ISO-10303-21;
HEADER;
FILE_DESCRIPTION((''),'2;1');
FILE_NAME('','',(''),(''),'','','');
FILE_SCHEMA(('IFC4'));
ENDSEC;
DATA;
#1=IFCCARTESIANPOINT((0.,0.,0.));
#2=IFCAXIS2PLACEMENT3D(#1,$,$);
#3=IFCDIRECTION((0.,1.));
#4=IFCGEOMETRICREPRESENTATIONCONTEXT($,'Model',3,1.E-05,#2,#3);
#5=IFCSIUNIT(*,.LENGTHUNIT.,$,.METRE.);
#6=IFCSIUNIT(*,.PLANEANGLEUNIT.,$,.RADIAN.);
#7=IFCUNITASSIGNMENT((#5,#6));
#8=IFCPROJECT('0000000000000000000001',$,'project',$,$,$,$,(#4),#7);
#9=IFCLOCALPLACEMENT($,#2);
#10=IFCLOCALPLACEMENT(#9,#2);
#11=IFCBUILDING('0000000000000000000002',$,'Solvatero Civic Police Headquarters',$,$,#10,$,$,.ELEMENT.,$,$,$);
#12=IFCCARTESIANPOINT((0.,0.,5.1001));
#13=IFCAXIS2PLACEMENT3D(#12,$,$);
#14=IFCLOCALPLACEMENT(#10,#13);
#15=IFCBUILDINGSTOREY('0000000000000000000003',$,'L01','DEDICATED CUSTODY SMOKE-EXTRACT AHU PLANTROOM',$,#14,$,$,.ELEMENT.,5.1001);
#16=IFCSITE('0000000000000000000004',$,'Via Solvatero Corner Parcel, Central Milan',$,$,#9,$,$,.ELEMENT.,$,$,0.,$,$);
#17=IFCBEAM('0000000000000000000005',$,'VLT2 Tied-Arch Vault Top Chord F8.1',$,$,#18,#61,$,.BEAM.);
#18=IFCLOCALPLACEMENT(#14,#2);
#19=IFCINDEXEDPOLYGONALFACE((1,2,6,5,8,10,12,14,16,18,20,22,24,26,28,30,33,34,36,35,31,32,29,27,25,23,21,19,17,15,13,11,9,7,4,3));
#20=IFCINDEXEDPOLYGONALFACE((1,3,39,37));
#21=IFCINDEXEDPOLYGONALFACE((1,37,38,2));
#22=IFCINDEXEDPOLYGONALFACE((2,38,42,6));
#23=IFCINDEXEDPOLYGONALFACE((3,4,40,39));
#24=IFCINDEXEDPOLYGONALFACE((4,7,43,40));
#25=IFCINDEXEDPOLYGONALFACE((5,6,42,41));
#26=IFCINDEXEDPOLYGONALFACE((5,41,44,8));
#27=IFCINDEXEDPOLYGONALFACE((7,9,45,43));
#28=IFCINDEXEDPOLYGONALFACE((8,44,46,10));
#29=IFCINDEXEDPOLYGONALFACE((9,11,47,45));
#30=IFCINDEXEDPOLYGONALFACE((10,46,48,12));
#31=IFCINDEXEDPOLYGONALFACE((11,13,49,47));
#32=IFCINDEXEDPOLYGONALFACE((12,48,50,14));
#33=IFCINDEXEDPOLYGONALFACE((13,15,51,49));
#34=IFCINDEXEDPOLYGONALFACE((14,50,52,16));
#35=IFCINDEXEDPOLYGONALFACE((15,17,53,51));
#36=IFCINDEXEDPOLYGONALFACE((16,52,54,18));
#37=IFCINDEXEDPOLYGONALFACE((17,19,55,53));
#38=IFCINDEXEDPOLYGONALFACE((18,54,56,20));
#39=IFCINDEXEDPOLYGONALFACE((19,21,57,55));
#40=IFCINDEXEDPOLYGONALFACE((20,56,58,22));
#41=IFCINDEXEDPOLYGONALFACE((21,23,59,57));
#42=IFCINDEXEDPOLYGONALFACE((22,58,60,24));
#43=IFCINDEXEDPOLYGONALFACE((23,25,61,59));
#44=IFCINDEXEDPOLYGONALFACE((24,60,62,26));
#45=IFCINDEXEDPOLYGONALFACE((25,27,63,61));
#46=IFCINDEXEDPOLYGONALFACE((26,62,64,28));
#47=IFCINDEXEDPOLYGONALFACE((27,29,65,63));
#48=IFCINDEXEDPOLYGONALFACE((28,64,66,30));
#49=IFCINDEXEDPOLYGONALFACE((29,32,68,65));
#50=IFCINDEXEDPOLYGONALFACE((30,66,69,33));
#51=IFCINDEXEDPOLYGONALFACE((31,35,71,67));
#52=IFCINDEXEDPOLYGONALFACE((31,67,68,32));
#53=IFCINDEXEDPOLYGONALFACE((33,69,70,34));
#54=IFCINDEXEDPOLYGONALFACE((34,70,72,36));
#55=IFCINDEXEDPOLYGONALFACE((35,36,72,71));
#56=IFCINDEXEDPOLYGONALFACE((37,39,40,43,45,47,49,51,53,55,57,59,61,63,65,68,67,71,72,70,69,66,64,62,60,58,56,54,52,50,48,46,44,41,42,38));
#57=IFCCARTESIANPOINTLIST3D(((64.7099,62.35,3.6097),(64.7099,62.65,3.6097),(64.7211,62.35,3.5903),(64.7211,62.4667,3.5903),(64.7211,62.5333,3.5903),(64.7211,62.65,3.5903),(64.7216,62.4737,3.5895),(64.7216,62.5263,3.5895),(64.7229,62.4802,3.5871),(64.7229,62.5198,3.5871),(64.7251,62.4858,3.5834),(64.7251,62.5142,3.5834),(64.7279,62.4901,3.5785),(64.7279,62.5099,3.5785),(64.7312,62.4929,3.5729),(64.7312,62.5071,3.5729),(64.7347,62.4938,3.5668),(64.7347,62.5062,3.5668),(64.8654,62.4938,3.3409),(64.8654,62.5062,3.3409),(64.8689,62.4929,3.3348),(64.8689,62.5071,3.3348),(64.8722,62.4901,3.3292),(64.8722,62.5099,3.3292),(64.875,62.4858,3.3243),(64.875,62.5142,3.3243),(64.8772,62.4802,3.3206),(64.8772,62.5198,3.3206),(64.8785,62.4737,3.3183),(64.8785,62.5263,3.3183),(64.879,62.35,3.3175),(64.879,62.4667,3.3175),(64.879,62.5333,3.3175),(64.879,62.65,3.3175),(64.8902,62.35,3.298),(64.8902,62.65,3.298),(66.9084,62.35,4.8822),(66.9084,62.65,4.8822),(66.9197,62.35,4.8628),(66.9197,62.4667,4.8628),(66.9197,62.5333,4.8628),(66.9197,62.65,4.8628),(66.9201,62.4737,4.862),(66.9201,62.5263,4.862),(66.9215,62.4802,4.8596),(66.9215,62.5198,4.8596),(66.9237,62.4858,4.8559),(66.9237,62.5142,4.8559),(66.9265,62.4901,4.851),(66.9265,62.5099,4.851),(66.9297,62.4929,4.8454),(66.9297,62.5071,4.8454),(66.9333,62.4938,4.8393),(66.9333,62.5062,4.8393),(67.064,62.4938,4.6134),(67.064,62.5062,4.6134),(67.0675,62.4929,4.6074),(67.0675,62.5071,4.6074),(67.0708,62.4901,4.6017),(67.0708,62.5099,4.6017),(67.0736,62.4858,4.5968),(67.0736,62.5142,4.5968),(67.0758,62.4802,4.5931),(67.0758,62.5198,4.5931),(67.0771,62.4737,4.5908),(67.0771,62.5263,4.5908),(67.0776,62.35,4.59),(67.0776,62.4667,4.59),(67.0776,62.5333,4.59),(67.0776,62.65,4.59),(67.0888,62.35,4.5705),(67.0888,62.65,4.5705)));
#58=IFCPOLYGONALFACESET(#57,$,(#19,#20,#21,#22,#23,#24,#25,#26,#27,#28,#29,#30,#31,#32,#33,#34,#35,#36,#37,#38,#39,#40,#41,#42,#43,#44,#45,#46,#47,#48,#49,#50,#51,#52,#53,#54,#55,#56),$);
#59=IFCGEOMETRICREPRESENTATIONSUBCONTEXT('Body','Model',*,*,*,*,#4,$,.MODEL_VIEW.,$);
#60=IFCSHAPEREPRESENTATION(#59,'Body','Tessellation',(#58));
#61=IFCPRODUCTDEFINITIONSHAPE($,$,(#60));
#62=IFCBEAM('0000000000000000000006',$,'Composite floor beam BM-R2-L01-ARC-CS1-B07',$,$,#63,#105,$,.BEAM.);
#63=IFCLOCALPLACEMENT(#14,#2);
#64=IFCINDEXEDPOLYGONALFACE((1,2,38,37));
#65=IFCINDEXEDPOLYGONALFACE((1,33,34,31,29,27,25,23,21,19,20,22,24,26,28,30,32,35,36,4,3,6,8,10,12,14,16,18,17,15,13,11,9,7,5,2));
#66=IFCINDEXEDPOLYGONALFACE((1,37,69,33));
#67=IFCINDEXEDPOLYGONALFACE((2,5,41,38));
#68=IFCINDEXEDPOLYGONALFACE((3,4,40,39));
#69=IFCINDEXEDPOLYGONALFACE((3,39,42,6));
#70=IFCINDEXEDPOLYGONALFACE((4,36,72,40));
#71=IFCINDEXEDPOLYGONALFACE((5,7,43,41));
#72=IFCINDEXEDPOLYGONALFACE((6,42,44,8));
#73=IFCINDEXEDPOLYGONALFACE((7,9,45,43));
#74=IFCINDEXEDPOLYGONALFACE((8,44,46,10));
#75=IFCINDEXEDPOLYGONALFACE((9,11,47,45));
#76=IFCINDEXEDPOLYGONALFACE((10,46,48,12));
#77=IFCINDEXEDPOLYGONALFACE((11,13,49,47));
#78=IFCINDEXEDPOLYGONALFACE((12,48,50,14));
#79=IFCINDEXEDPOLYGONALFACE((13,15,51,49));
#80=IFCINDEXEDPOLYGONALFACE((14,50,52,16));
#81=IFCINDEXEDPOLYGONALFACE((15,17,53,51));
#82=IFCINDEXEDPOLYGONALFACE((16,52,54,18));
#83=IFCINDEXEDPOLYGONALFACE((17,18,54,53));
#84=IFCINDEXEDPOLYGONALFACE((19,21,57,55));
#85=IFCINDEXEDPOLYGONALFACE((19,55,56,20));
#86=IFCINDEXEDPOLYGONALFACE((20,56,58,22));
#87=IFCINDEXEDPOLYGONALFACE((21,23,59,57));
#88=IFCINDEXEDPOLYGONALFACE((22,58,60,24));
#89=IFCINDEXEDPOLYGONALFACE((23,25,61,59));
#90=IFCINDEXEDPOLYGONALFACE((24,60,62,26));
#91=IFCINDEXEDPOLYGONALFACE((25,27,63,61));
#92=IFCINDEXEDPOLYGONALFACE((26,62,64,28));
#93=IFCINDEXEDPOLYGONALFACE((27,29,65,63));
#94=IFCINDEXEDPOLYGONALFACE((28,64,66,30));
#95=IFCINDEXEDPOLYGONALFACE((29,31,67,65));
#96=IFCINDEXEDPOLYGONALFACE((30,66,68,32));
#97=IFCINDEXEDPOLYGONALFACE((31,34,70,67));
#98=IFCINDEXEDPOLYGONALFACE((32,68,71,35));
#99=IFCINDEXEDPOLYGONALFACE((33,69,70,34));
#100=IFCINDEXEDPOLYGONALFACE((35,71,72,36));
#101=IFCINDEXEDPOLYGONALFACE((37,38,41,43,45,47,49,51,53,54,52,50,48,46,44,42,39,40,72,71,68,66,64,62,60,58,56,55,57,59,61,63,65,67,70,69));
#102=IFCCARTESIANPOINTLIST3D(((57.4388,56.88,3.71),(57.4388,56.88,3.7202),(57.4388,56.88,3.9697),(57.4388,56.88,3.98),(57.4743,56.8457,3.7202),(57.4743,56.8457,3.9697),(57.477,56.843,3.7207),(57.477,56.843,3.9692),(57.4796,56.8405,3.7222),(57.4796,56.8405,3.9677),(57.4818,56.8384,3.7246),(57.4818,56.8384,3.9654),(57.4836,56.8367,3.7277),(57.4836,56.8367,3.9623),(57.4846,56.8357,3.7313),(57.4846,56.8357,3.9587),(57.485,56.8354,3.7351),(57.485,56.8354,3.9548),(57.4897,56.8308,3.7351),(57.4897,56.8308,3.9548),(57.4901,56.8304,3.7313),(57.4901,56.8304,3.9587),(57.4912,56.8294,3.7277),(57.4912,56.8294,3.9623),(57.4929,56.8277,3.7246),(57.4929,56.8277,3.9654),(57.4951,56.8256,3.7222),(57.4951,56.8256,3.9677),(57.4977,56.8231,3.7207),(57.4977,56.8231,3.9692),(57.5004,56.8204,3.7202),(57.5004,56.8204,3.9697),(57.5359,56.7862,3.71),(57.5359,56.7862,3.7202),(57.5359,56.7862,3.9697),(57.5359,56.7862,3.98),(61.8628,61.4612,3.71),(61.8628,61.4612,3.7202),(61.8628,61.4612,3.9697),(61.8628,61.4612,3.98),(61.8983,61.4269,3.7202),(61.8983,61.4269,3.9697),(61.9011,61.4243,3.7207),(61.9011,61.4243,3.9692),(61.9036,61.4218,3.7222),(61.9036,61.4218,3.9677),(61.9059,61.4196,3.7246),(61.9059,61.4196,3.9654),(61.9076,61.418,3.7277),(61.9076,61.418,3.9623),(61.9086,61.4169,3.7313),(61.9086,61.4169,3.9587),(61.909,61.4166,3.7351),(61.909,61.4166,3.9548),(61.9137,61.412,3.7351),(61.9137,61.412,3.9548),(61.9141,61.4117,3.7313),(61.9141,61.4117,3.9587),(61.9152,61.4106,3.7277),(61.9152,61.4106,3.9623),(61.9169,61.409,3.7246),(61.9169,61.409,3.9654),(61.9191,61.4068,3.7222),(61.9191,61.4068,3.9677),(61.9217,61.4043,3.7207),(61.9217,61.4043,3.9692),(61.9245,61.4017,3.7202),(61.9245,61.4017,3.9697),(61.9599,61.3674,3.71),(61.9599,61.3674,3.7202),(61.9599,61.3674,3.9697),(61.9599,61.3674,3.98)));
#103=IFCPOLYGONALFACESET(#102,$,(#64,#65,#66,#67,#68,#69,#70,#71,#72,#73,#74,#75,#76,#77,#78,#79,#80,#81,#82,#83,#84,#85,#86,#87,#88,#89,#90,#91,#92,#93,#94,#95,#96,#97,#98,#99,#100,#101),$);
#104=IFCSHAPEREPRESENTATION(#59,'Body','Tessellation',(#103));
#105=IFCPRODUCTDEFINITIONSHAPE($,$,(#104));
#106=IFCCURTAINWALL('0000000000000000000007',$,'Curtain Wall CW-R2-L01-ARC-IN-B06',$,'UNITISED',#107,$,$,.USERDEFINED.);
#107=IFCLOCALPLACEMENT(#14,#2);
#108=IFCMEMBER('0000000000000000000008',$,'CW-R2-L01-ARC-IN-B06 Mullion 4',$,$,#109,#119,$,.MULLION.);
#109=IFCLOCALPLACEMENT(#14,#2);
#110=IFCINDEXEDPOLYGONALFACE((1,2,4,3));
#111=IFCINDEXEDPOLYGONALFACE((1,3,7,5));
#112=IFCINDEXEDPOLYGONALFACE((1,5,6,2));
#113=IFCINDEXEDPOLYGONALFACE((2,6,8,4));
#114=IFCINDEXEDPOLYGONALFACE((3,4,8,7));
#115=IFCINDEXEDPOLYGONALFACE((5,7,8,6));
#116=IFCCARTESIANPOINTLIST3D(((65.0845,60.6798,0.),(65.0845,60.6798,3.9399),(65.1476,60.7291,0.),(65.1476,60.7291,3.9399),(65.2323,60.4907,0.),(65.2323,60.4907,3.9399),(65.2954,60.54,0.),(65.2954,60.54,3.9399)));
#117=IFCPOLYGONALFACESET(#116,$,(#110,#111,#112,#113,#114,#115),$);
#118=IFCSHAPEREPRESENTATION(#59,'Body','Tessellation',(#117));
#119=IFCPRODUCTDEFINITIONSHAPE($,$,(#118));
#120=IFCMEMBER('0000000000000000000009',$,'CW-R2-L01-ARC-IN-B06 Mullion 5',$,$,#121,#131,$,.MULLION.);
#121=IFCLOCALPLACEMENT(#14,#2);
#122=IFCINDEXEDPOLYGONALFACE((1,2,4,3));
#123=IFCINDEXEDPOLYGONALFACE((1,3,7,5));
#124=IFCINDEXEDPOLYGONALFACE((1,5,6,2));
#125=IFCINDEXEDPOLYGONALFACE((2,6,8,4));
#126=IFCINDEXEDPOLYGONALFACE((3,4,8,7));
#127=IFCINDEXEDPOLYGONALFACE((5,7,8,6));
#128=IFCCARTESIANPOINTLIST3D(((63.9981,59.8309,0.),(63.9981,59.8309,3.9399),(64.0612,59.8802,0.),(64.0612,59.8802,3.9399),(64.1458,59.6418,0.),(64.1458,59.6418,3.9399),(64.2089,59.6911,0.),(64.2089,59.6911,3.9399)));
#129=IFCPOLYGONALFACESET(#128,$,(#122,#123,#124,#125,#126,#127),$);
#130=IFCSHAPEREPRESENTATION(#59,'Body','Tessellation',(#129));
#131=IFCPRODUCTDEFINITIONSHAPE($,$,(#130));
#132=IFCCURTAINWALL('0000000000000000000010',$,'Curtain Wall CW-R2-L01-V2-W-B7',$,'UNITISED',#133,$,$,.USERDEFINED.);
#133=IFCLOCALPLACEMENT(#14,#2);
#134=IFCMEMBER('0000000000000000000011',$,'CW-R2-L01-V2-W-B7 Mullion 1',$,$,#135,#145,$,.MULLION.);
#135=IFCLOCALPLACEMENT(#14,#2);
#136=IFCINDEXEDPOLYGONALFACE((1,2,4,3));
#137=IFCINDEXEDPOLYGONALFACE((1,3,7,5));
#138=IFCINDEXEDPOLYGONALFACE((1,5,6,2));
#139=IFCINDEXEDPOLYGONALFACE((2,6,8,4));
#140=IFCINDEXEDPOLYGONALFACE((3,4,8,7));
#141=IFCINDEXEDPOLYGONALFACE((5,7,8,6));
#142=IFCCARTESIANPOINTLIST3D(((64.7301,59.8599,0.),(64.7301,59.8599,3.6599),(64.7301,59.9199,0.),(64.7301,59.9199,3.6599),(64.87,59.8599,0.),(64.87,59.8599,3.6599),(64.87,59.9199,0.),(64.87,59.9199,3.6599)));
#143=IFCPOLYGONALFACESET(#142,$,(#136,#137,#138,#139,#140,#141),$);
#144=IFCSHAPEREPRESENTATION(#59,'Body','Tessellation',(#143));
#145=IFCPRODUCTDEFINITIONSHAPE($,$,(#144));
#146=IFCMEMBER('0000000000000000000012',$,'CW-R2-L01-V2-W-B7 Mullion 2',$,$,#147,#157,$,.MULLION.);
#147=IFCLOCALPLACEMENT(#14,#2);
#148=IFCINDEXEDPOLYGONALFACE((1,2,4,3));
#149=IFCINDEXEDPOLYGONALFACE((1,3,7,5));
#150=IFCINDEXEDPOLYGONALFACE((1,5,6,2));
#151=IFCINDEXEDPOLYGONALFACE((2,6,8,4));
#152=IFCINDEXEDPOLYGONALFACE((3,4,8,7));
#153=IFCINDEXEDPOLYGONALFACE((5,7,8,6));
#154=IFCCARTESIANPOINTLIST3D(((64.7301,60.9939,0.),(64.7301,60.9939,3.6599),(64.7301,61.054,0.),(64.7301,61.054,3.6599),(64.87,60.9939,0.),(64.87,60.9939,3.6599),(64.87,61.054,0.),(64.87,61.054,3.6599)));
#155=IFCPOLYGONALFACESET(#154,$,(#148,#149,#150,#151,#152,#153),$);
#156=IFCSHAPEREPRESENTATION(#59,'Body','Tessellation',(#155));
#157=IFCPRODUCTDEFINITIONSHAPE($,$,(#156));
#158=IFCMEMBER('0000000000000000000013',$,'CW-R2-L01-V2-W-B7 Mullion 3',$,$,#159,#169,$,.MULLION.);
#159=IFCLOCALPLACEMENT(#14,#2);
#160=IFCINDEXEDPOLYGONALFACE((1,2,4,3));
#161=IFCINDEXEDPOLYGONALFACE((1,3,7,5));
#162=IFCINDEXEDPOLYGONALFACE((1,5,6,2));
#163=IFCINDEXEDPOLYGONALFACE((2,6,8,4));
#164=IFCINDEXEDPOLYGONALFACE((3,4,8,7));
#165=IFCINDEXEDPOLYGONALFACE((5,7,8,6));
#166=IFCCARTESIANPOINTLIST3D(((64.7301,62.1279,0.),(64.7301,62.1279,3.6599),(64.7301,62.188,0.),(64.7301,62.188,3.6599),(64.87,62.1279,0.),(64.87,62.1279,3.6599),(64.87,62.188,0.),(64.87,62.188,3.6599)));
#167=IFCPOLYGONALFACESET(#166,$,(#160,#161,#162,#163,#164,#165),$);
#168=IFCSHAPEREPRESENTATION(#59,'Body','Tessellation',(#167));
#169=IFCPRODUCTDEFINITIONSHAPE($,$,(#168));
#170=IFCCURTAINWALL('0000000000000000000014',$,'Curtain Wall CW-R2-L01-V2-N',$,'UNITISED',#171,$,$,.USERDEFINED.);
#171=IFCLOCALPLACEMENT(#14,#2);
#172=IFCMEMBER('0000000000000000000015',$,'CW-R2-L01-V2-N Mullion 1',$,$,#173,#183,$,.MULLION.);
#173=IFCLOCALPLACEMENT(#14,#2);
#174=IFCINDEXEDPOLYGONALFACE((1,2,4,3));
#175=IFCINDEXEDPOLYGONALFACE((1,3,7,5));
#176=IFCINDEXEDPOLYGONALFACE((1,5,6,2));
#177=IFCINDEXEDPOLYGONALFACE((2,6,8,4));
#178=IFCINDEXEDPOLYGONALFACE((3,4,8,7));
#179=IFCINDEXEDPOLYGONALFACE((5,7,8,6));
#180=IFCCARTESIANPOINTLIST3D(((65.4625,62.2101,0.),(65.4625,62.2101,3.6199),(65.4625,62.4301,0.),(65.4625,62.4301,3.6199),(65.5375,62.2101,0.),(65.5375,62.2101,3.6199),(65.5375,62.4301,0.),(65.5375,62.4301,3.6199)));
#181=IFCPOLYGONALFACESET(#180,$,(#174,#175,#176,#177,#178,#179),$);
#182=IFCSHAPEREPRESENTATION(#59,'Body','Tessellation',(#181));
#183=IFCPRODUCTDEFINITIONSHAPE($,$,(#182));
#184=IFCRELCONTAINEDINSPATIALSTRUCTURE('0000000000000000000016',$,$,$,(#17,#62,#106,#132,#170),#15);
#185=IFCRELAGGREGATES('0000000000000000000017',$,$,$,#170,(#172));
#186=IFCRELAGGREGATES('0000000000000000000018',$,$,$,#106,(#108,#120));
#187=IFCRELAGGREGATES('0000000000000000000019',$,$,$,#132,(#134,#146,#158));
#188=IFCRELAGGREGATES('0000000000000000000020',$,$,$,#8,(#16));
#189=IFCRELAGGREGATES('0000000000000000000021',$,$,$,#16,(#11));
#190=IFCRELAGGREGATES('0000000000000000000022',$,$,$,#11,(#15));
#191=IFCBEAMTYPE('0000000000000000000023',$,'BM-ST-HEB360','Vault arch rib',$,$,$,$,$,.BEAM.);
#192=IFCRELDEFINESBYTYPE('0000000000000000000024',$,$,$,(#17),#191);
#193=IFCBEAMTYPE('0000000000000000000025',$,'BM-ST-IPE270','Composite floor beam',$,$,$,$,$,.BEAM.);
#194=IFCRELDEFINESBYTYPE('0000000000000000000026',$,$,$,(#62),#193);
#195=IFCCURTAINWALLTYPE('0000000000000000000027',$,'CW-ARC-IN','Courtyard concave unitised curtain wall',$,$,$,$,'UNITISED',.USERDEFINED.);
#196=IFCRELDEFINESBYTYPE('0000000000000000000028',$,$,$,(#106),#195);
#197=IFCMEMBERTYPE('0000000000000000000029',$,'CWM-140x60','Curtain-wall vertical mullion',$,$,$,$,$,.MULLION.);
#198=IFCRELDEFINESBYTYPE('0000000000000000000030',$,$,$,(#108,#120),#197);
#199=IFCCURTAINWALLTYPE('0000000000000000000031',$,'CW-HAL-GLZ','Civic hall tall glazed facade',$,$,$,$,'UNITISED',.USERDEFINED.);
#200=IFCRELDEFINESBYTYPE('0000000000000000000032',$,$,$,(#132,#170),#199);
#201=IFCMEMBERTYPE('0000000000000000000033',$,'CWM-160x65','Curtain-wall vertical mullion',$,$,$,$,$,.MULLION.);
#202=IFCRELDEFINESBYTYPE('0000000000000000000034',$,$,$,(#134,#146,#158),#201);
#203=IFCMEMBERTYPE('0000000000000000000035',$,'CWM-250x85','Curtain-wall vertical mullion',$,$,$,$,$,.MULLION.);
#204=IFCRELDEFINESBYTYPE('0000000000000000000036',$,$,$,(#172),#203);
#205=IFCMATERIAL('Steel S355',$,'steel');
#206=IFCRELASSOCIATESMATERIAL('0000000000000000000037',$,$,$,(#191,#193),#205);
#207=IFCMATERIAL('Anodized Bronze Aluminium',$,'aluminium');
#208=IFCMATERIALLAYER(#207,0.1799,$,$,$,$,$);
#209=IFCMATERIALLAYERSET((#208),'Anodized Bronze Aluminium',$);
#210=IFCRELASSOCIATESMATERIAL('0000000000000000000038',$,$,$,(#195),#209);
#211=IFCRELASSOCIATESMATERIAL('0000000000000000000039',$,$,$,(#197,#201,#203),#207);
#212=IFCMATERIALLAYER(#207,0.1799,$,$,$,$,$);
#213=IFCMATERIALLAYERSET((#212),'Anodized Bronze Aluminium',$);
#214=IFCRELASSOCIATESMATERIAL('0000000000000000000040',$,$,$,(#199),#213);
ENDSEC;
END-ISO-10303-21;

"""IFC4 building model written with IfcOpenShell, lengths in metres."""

from ifc_helpers import new_model, si_unit, direction, frame, origin, origin_2d, place, context, subcontext, project, spatial, rectangle, i_section, extrude, material, layer, layer_set, material_profile, profile_set, type_object, element, aggregate, save


model = new_model("IFC4")

# Units and contexts
model_context = context("Model", 3, precision=1e-05, world=origin(), true_north=direction((0.0, 1.0)))
body_context = subcontext(model_context, "Body", "Model", "MODEL_VIEW")
ifc_project = project(units=[si_unit("LENGTHUNIT", "METRE"), si_unit("PLANEANGLEUNIT", "RADIAN")], contexts=[model_context])

# Site, building, storey
site_placement = place(None, origin())
site = spatial("IfcSite", under=ifc_project, at=site_placement, Name="Via Solvatero Corner Parcel, Central Milan", CompositionType="ELEMENT", RefElevation=0.0)
building_placement = place(site_placement, origin())
building = spatial("IfcBuilding", under=site, at=building_placement, Name="Solvatero Civic Police Headquarters", CompositionType="ELEMENT")
storey_placement = place(building_placement, frame((0.0, 0.0, 5.1001)))
storey = spatial("IfcBuildingStorey", under=building, at=storey_placement, Name="L01", Description="DEDICATED CUSTODY SMOKE-EXTRACT AHU PLANTROOM", CompositionType="ELEMENT", Elevation=5.1001)

# Shared definitions
ifc_material_1 = material(Name="Steel S355", Category="steel")

# Beams
ifc_material_profile_1 = material_profile(ifc_material_1, i_section(OverallWidth=0.3, OverallDepth=0.3601, WebThickness=0.0125, FlangeThickness=0.0225, FilletRadius=0.0271, at=origin_2d()), Name="HEB 360")
ifc_profile_set_1 = profile_set([ifc_material_profile_1], Name="Steel S355")
beam_type_1 = type_object("IfcBeamType", Name="BM-ST-HEB360", Description="Vault arch rib", PredefinedType="BEAM", material=ifc_profile_set_1)
beam_1_placement = place(storey_placement, frame((64.8, 62.5, 3.4539), z_axis=(0.865486, 0.0, 0.500934), x_axis=(0.0, 1.0, 0.0)))
element("IfcBeam", 1, at=beam_1_placement, inside=storey, type_object=beam_type_1, Name="VLT2 Tied-Arch Vault Top Chord F8.1", PredefinedType="BEAM", context=body_context, shape_type="SweptSolid", body=[
    extrude(i_section(OverallWidth=0.3, OverallDepth=0.3601, WebThickness=0.0125, FlangeThickness=0.0225, FilletRadius=0.0271, at=origin_2d()), origin(), (0.0, 0.0, 1.0), 2.5403),
])
ifc_material_profile_2 = material_profile(ifc_material_1, i_section(OverallWidth=0.135, OverallDepth=0.27, WebThickness=0.0066, FlangeThickness=0.0103, FilletRadius=0.0149, at=origin_2d()), Name="IPE 270")
ifc_profile_set_2 = profile_set([ifc_material_profile_2], Name="Steel S355")
beam_type_2 = type_object("IfcBeamType", Name="BM-ST-IPE270", Description="Composite floor beam", PredefinedType="BEAM", material=ifc_profile_set_2)
beam_2_placement = place(storey_placement, frame((61.9114, 61.4143, 3.845), z_axis=(-0.694655, -0.719343, 0.0), x_axis=(0.719343, -0.694655, 0.0)))
element("IfcBeam", 2, at=beam_2_placement, inside=storey, type_object=beam_type_2, Name="Composite floor beam BM-R2-L01-ARC-CS1-B07", PredefinedType="BEAM", context=body_context, shape_type="SweptSolid", body=[
    extrude(i_section(OverallWidth=0.135, OverallDepth=0.27, WebThickness=0.0066, FlangeThickness=0.0103, FilletRadius=0.0149, at=origin_2d()), origin(), (0.0, 0.0, 1.0), 6.3687),
])

# Curtain walls, members
ifc_material_2 = material(Name="Anodized Bronze Aluminium", Category="aluminium")
ifc_layer_1 = layer(ifc_material_2, 0.1799)
ifc_layer_set_1 = layer_set([ifc_layer_1], Name="Anodized Bronze Aluminium")
curtain_wall_type_1 = type_object("IfcCurtainWallType", Name="CW-ARC-IN", Description="Courtyard concave unitised curtain wall", ElementType="UNITISED", PredefinedType="USERDEFINED", material=ifc_layer_set_1)
curtain_wall_1_placement = place(storey_placement, origin())
curtain_wall_1 = element("IfcCurtainWall", 3, at=curtain_wall_1_placement, inside=storey, type_object=curtain_wall_type_1, Name="Curtain Wall CW-R2-L01-ARC-IN-B06", ObjectType="UNITISED", PredefinedType="USERDEFINED")
ifc_material_profile_3 = material_profile(ifc_material_2, rectangle(XDim=0.0801, YDim=0.24, at=origin_2d()), Name="ALU MULLION 80x240")
ifc_profile_set_3 = profile_set([ifc_material_profile_3], Name="Anodized Bronze Aluminium")
member_type_1 = type_object("IfcMemberType", Name="CWM-140x60", Description="Curtain-wall vertical mullion", PredefinedType="MULLION", material=ifc_profile_set_3)
member_1_placement = place(storey_placement, frame((65.1899, 60.6099, 0.0), z_axis=(0.0, 0.0, 1.0), x_axis=(-0.788011, -0.615661, 0.0)))
member_1 = element("IfcMember", 4, at=member_1_placement, type_object=member_type_1, Name="CW-R2-L01-ARC-IN-B06 Mullion 4", PredefinedType="MULLION", context=body_context, shape_type="SweptSolid", body=[
    extrude(rectangle(XDim=0.0801, YDim=0.24, at=origin_2d()), origin(), (0.0, 0.0, 1.0), 3.9399),
])
member_2_placement = place(storey_placement, frame((64.1035, 59.761, 0.0), z_axis=(0.0, 0.0, 1.0), x_axis=(-0.788011, -0.615661, 0.0)))
member_2 = element("IfcMember", 5, at=member_2_placement, type_object=member_type_1, Name="CW-R2-L01-ARC-IN-B06 Mullion 5", PredefinedType="MULLION", context=body_context, shape_type="SweptSolid", body=[
    extrude(rectangle(XDim=0.0801, YDim=0.24, at=origin_2d()), origin(), (0.0, 0.0, 1.0), 3.9399),
])
ifc_layer_2 = layer(ifc_material_2, 0.1799)
ifc_layer_set_2 = layer_set([ifc_layer_2], Name="Anodized Bronze Aluminium")
curtain_wall_type_2 = type_object("IfcCurtainWallType", Name="CW-HAL-GLZ", Description="Civic hall tall glazed facade", ElementType="UNITISED", PredefinedType="USERDEFINED", material=ifc_layer_set_2)
curtain_wall_2_placement = place(storey_placement, origin())
curtain_wall_2 = element("IfcCurtainWall", 6, at=curtain_wall_2_placement, inside=storey, type_object=curtain_wall_type_2, Name="Curtain Wall CW-R2-L01-V2-W-B7", ObjectType="UNITISED", PredefinedType="USERDEFINED")
ifc_material_profile_4 = material_profile(ifc_material_2, rectangle(XDim=0.0601, YDim=0.1399, at=origin_2d()), Name="ALU MULLION 60x140")
ifc_profile_set_4 = profile_set([ifc_material_profile_4], Name="Anodized Bronze Aluminium")
member_type_2 = type_object("IfcMemberType", Name="CWM-160x65", Description="Curtain-wall vertical mullion", PredefinedType="MULLION", material=ifc_profile_set_4)
member_3_placement = place(storey_placement, frame((64.8, 59.8899, 0.0), z_axis=(0.0, 0.0, 1.0), x_axis=(0.0, 1.0, 0.0)))
member_3 = element("IfcMember", 7, at=member_3_placement, type_object=member_type_2, Name="CW-R2-L01-V2-W-B7 Mullion 1", PredefinedType="MULLION", context=body_context, shape_type="SweptSolid", body=[
    extrude(rectangle(XDim=0.0601, YDim=0.1399, at=origin_2d()), origin(), (0.0, 0.0, 1.0), 3.6599),
])
member_4_placement = place(storey_placement, frame((64.8, 61.0239, 0.0), z_axis=(0.0, 0.0, 1.0), x_axis=(0.0, 1.0, 0.0)))
member_4 = element("IfcMember", 8, at=member_4_placement, type_object=member_type_2, Name="CW-R2-L01-V2-W-B7 Mullion 2", PredefinedType="MULLION", context=body_context, shape_type="SweptSolid", body=[
    extrude(rectangle(XDim=0.0601, YDim=0.1399, at=origin_2d()), origin(), (0.0, 0.0, 1.0), 3.6599),
])
member_5_placement = place(storey_placement, frame((64.8, 62.158, 0.0), z_axis=(0.0, 0.0, 1.0), x_axis=(0.0, 1.0, 0.0)))
member_5 = element("IfcMember", 9, at=member_5_placement, type_object=member_type_2, Name="CW-R2-L01-V2-W-B7 Mullion 3", PredefinedType="MULLION", context=body_context, shape_type="SweptSolid", body=[
    extrude(rectangle(XDim=0.0601, YDim=0.1399, at=origin_2d()), origin(), (0.0, 0.0, 1.0), 3.6599),
])

# Curtain wall, member
curtain_wall_3_placement = place(storey_placement, origin())
curtain_wall_3 = element("IfcCurtainWall", 10, at=curtain_wall_3_placement, inside=storey, type_object=curtain_wall_type_2, Name="Curtain Wall CW-R2-L01-V2-N", ObjectType="UNITISED", PredefinedType="USERDEFINED")
ifc_material_profile_5 = material_profile(ifc_material_2, rectangle(XDim=0.075, YDim=0.22, at=origin_2d()), Name="ALU MULLION 75x220")
ifc_profile_set_5 = profile_set([ifc_material_profile_5], Name="Anodized Bronze Aluminium")
member_type_3 = type_object("IfcMemberType", Name="CWM-250x85", Description="Curtain-wall vertical mullion", PredefinedType="MULLION", material=ifc_profile_set_5)
member_6_placement = place(storey_placement, frame((65.5, 62.3201, 0.0), z_axis=(0.0, 0.0, 1.0), x_axis=(1.0, 0.0, 0.0)))
member_6 = element("IfcMember", 11, at=member_6_placement, type_object=member_type_3, Name="CW-R2-L01-V2-N Mullion 1", PredefinedType="MULLION", context=body_context, shape_type="SweptSolid", body=[
    extrude(rectangle(XDim=0.075, YDim=0.22, at=origin_2d()), origin(), (0.0, 0.0, 1.0), 3.6199),
])

aggregate(curtain_wall_3, [member_6])

aggregate(curtain_wall_1, [member_1, member_2])
aggregate(curtain_wall_2, [member_3, member_4, member_5])

save(model, "model.ifc")
